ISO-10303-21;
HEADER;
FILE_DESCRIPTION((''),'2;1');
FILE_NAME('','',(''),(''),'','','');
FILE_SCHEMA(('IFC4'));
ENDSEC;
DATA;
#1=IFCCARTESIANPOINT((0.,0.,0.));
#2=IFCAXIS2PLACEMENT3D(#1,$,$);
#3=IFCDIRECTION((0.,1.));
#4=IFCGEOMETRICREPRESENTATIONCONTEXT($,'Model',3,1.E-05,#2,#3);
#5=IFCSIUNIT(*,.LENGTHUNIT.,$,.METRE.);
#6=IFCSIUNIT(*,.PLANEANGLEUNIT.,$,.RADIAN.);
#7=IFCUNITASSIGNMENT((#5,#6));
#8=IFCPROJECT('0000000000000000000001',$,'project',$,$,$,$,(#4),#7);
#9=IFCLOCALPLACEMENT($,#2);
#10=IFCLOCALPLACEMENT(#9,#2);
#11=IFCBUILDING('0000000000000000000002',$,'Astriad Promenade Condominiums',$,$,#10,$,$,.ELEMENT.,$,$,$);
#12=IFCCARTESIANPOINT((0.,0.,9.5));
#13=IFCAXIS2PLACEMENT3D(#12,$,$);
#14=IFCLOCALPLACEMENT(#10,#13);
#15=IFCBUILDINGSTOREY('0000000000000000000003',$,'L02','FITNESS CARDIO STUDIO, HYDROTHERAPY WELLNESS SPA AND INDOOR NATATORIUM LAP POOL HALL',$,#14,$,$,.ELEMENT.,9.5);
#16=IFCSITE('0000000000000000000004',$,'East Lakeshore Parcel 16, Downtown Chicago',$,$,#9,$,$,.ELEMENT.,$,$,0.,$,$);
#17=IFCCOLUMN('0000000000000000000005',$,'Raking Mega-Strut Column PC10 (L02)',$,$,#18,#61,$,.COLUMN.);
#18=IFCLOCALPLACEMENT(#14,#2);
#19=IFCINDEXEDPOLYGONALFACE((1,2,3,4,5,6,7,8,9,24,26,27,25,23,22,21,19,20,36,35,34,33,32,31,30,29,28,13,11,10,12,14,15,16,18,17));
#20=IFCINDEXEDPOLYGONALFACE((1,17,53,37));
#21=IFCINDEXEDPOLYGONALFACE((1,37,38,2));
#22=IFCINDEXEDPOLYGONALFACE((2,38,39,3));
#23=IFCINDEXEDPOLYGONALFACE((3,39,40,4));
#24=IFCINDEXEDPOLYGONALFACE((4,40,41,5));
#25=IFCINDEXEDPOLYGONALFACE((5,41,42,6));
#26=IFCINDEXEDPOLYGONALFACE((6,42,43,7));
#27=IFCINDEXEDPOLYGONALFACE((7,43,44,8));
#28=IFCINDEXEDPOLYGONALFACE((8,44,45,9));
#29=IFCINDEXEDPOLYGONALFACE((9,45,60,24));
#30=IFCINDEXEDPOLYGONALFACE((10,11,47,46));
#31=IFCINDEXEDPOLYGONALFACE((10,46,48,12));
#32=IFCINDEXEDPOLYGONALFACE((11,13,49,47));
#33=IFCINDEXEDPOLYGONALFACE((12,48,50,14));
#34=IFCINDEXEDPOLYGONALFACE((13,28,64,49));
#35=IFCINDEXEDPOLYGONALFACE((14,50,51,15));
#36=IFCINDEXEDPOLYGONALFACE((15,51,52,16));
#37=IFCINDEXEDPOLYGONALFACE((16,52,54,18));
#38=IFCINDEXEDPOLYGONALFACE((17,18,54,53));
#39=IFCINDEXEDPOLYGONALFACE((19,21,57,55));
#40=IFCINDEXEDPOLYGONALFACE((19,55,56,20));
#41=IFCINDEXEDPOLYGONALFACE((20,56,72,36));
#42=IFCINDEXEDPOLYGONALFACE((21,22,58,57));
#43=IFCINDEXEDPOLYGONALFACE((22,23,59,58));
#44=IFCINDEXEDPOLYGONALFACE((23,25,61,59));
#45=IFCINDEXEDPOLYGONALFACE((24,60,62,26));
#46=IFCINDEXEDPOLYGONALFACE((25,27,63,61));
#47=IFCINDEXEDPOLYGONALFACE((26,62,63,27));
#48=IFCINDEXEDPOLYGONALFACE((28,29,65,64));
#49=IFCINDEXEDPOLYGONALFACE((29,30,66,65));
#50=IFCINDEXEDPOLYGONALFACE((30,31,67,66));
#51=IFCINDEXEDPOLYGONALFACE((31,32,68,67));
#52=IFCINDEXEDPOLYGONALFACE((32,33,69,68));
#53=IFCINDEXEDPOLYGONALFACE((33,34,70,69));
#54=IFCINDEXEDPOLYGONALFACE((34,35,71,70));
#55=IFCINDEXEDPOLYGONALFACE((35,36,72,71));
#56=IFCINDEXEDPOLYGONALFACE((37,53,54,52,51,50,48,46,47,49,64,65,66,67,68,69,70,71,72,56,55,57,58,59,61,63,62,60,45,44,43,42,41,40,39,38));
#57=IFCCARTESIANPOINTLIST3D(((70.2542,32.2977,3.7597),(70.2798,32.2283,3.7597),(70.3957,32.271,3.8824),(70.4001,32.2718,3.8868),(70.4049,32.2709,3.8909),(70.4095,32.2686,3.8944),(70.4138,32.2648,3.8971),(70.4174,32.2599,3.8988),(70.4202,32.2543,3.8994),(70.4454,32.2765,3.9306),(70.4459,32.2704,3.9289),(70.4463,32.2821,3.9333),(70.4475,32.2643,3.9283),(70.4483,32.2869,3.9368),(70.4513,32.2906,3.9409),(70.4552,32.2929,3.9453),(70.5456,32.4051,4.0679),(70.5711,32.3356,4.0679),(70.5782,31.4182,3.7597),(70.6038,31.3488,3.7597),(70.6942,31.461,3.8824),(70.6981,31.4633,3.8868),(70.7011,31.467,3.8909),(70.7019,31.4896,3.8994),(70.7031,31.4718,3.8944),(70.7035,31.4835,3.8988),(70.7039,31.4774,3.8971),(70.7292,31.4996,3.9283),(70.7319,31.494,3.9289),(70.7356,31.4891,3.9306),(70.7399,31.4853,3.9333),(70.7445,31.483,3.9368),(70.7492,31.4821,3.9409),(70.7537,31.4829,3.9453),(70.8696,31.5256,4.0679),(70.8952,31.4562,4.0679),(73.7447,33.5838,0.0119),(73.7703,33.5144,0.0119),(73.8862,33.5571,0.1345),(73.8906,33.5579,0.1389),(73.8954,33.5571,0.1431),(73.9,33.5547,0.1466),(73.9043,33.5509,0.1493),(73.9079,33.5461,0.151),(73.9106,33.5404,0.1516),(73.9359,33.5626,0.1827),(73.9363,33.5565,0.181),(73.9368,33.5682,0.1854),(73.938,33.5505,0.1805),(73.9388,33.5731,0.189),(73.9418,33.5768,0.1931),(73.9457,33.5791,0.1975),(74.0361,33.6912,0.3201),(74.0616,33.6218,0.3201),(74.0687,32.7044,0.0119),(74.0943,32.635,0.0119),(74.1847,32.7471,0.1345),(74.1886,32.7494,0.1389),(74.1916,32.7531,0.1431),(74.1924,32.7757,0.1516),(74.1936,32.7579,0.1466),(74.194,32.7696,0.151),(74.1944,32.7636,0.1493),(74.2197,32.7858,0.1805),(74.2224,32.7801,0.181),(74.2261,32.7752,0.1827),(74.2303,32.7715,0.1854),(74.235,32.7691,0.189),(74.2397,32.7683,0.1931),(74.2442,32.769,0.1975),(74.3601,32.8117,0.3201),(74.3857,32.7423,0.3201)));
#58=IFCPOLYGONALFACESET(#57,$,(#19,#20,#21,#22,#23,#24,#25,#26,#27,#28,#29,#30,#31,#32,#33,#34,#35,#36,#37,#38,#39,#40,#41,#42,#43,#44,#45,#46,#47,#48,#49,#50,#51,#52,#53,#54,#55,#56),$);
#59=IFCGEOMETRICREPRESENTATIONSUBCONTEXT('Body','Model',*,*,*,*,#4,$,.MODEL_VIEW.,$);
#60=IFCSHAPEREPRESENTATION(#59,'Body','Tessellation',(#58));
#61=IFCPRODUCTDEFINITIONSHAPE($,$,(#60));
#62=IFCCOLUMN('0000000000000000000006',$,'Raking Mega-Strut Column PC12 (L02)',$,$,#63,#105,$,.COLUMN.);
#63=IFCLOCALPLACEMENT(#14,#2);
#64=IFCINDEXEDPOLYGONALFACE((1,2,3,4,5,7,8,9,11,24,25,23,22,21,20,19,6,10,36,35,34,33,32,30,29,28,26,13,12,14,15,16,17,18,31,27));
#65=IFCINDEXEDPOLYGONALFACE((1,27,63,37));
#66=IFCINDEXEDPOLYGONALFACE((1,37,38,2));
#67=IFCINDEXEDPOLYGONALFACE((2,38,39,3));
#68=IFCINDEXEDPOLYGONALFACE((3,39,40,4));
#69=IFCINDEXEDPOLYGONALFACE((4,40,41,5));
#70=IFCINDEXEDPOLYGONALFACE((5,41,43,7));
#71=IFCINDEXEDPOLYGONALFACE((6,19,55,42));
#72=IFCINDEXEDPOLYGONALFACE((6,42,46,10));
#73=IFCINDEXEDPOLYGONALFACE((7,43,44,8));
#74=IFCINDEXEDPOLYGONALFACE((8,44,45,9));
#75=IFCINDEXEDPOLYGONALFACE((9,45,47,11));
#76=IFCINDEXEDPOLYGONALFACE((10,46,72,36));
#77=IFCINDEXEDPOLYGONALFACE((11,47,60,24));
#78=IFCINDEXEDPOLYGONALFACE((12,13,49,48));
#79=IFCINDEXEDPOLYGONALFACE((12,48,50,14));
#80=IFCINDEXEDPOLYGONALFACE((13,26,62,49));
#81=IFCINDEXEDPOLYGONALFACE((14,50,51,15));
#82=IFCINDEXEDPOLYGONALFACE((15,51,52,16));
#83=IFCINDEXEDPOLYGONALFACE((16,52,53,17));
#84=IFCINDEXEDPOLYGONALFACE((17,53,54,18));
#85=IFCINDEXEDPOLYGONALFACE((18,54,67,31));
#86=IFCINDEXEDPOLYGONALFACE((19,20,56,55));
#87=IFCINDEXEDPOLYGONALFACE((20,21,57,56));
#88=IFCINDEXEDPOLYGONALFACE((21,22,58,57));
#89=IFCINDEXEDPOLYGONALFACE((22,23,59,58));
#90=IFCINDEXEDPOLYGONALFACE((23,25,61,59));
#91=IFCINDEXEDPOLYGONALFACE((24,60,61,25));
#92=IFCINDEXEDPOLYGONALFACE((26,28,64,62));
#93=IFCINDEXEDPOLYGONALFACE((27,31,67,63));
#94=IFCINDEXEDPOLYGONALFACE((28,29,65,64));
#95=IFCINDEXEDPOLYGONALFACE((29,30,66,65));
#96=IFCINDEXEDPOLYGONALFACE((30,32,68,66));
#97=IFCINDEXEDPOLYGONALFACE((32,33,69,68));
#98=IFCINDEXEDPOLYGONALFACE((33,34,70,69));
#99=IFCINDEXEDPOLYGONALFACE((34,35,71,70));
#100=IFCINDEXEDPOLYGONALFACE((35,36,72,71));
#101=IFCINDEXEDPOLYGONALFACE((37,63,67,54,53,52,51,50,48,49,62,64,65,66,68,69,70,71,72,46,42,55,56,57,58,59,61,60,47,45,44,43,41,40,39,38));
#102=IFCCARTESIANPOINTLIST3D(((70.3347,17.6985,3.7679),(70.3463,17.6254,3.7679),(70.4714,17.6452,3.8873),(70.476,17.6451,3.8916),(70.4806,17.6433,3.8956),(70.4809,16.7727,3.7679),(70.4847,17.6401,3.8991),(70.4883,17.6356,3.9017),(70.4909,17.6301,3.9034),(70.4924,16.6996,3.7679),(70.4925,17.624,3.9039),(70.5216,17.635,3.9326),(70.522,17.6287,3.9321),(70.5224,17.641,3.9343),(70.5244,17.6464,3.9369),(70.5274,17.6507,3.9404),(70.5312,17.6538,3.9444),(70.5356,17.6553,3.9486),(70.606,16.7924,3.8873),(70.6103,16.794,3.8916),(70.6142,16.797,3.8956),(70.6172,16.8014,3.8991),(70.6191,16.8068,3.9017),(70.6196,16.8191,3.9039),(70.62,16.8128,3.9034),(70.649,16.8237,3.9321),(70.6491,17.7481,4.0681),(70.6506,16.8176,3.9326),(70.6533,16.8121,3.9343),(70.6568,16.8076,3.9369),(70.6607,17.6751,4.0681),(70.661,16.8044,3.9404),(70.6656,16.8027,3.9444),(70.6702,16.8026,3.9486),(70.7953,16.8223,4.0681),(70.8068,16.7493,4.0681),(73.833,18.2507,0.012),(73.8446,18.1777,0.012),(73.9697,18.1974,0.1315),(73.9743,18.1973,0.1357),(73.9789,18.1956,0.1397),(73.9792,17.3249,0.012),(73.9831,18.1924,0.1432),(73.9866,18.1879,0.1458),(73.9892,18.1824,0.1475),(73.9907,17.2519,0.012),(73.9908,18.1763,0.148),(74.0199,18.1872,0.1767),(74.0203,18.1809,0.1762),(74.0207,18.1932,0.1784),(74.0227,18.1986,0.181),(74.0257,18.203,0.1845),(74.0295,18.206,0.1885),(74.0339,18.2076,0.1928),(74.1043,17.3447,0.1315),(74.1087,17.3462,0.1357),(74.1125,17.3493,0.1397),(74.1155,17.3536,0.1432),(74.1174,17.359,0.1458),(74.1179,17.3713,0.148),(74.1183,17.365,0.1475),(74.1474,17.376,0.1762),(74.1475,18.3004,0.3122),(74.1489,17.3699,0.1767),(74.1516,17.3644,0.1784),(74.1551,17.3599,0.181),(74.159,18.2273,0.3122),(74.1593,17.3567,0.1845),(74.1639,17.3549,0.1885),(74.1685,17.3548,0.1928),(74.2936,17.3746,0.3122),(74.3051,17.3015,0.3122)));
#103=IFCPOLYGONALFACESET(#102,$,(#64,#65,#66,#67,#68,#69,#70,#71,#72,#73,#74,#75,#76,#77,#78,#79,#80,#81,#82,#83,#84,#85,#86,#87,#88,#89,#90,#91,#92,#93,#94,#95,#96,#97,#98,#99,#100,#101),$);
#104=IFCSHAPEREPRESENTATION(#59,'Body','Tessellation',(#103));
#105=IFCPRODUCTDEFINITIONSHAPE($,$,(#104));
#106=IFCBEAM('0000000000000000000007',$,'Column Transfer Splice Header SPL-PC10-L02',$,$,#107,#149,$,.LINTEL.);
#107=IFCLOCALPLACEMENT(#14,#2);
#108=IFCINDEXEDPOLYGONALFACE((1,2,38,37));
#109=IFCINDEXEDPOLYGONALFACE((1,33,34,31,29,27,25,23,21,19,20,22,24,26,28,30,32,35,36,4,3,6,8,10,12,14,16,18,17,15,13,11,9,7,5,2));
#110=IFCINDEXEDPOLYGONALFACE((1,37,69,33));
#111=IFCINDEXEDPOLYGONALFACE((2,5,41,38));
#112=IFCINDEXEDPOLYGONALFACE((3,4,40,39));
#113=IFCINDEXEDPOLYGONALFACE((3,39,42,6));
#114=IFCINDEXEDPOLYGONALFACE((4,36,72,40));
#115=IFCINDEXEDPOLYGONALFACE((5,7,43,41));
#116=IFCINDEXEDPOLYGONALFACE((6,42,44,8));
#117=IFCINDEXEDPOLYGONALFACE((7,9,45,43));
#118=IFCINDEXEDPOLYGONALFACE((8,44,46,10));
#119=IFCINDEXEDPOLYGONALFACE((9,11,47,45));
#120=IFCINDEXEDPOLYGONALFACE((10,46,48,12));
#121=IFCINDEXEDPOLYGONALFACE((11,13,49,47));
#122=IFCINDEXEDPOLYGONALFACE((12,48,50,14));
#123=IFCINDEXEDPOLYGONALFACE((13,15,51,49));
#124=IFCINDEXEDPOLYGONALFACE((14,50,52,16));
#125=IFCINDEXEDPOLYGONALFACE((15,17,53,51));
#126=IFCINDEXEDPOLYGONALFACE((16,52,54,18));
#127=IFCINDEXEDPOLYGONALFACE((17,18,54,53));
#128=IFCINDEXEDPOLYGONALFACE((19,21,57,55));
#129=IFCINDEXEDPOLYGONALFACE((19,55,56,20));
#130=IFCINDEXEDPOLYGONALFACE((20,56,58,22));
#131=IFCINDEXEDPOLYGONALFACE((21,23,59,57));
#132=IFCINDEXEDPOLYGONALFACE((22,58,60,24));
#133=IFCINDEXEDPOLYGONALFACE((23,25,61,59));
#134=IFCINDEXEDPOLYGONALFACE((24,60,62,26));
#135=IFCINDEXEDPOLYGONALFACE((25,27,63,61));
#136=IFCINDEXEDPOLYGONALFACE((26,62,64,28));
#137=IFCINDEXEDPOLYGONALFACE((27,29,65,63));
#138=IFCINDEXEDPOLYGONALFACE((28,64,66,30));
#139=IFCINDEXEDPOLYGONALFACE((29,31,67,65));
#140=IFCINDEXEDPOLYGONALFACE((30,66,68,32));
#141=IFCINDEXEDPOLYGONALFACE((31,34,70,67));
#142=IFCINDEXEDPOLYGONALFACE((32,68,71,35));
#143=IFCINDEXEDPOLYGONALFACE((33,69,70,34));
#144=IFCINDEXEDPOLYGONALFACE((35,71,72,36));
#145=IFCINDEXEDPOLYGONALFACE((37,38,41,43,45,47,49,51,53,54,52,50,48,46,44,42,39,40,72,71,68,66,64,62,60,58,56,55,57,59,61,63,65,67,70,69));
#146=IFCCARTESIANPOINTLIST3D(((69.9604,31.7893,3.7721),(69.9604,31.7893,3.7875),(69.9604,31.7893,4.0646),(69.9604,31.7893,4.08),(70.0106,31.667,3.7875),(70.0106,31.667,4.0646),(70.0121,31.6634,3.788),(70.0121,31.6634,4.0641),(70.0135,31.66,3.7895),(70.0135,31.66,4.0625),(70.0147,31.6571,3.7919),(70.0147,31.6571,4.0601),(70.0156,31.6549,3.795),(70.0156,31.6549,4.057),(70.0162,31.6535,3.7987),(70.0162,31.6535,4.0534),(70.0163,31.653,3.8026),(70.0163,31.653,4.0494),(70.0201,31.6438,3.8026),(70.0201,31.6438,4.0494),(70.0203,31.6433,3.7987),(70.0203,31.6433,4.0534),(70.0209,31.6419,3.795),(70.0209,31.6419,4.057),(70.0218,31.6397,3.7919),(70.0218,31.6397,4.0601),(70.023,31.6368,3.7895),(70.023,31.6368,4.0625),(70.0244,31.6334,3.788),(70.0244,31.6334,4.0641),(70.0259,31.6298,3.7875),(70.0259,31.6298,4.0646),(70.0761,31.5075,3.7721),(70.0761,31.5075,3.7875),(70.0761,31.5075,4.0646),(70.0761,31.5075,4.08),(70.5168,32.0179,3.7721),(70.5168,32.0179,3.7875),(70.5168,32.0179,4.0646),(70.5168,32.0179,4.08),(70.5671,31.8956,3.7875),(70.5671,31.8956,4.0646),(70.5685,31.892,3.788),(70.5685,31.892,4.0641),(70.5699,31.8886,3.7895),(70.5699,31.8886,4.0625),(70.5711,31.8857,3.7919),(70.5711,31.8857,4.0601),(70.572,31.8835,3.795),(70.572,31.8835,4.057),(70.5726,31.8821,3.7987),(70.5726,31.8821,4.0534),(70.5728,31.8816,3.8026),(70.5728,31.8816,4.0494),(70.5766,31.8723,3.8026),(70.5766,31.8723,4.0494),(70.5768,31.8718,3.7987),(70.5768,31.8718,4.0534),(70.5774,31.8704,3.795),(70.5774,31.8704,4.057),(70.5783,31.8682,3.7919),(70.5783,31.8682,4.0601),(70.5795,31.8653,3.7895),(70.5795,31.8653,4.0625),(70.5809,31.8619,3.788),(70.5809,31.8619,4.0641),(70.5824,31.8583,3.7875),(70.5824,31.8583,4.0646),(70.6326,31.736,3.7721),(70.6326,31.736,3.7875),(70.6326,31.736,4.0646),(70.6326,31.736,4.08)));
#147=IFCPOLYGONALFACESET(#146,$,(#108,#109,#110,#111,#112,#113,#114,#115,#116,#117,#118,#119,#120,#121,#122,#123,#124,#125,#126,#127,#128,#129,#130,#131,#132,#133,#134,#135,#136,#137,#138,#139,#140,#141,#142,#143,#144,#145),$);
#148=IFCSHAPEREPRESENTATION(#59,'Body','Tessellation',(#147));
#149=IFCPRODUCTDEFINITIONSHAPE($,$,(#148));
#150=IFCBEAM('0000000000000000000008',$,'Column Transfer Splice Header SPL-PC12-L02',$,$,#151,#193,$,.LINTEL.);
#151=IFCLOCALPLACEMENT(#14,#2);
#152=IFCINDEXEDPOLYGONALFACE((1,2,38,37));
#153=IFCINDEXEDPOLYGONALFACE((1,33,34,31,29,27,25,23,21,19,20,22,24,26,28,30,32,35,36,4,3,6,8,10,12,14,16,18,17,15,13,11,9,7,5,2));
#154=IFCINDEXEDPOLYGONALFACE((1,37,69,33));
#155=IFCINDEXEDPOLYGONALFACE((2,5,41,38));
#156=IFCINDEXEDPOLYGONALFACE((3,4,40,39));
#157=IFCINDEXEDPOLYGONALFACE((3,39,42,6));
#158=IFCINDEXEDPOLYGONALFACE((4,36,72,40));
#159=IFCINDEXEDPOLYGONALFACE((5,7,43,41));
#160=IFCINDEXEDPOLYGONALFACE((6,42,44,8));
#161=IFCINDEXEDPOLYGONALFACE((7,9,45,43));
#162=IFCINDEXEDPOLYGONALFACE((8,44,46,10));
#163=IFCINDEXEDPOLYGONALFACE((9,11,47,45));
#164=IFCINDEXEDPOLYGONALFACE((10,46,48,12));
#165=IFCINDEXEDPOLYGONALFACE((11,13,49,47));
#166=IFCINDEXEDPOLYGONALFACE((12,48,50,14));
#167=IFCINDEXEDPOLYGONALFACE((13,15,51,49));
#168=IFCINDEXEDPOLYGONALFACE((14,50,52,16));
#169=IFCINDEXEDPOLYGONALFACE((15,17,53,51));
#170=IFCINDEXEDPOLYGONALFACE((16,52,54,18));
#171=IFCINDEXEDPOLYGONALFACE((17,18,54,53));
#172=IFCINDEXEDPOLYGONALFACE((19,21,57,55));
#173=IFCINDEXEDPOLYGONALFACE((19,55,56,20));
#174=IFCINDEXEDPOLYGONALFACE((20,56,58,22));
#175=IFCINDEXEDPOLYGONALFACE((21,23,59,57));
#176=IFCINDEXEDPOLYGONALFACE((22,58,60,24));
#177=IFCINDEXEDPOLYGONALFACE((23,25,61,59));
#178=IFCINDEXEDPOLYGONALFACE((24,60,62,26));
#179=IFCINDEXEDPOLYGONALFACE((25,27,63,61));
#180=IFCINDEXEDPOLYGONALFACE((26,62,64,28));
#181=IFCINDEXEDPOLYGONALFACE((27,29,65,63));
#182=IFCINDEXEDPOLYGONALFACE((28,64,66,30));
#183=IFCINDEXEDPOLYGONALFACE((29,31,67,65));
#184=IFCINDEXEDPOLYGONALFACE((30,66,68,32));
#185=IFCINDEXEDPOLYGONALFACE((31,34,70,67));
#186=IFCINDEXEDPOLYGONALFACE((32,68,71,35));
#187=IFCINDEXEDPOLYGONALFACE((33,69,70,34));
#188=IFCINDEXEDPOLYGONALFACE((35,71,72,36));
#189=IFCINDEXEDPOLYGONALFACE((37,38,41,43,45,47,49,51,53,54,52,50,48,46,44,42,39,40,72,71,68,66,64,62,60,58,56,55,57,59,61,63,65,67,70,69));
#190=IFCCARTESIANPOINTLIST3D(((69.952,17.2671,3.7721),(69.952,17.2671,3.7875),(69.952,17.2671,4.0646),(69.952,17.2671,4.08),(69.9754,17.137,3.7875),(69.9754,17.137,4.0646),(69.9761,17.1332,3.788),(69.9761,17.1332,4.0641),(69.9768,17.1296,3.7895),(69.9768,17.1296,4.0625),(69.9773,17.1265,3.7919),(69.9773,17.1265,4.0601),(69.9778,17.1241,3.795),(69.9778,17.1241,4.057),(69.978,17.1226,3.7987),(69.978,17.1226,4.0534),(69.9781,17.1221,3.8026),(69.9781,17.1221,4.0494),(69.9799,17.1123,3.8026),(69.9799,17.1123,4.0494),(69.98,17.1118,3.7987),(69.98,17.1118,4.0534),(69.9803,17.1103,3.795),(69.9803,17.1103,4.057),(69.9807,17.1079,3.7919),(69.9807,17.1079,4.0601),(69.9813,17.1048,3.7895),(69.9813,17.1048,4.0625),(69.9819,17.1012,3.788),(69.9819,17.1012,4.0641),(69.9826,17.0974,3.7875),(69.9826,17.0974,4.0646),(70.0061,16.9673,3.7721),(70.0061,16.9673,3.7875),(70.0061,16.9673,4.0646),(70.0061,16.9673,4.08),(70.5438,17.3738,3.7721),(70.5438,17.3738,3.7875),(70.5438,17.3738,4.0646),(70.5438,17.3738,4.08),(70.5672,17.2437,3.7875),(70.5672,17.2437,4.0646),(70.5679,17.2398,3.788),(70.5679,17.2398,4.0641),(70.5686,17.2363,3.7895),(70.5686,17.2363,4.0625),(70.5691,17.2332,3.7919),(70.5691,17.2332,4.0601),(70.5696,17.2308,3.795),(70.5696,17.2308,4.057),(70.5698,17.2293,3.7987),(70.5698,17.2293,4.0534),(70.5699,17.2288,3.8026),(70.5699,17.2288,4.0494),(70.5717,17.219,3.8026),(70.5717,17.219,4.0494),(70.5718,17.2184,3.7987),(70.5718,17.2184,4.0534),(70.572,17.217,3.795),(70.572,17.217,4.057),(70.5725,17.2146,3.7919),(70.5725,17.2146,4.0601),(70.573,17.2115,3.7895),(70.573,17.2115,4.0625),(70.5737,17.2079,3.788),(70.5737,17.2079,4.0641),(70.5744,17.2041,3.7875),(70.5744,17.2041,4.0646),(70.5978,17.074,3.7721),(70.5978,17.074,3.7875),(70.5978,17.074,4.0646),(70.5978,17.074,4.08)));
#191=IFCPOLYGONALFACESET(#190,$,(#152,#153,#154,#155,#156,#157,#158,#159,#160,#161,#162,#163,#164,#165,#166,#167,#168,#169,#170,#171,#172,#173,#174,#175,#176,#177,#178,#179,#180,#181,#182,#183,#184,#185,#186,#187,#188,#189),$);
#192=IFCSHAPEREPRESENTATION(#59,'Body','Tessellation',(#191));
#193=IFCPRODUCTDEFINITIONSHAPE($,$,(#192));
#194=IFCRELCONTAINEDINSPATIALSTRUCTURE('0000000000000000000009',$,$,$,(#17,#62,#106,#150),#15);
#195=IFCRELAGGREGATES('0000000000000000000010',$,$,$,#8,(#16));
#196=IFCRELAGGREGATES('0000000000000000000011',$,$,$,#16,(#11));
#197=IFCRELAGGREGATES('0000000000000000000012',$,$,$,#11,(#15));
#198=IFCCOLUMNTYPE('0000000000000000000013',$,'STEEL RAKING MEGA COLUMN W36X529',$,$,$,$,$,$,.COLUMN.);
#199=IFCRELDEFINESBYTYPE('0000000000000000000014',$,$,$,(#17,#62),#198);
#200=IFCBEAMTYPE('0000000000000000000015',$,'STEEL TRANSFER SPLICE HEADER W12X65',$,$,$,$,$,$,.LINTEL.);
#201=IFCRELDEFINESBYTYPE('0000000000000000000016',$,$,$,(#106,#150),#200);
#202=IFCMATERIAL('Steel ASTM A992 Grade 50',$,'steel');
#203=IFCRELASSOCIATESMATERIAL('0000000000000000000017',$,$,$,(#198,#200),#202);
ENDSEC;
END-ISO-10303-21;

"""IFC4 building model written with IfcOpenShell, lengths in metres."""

from ifc_helpers import new_model, si_unit, direction, frame, origin, origin_2d, place, context, subcontext, project, spatial, i_section, extrude, source, transform, mapped, material, material_profile, profile_set, type_object, type_shapes, element, save


model = new_model("IFC4")

# Units and contexts
model_context = context("Model", 3, precision=1e-05, world=origin(), true_north=direction((0.0, 1.0)))
body_context = subcontext(model_context, "Body", "Model", "MODEL_VIEW")
ifc_project = project(units=[si_unit("LENGTHUNIT", "METRE"), si_unit("PLANEANGLEUNIT", "RADIAN")], contexts=[model_context])

# Site, building, storey
site_placement = place(None, origin())
site = spatial("IfcSite", under=ifc_project, at=site_placement, Name="East Lakeshore Parcel 16, Downtown Chicago", CompositionType="ELEMENT", RefElevation=0.0)
building_placement = place(site_placement, origin())
building = spatial("IfcBuilding", under=site, at=building_placement, Name="Astriad Promenade Condominiums", CompositionType="ELEMENT")
storey_placement = place(building_placement, frame((0.0, 0.0, 9.5)))
storey = spatial("IfcBuildingStorey", under=building, at=storey_placement, Name="L02", Description="FITNESS CARDIO STUDIO, HYDROTHERAPY WELLNESS SPA AND INDOOR NATATORIUM LAP POOL HALL", CompositionType="ELEMENT", Elevation=9.5)

# Columns
ifc_material_1 = material(Name="Steel ASTM A992 Grade 50", Category="steel")
ifc_material_profile_1 = material_profile(ifc_material_1, i_section(OverallWidth=0.4375, OverallDepth=1.0112, WebThickness=0.041, FlangeThickness=0.074, FilletRadius=0.0242, at=origin_2d()), Name="W36X529")
ifc_profile_set_1 = profile_set([ifc_material_profile_1], Name="Steel ASTM A992 Grade 50")
column_type = type_object("IfcColumnType", Name="STEEL RAKING MEGA COLUMN W36X529", PredefinedType="COLUMN", material=ifc_profile_set_1)
shared_shape_1 = source(origin(), body_context, "Body", "SweptSolid", [
    extrude(i_section(OverallWidth=0.4375, OverallDepth=1.0112, WebThickness=0.041, FlangeThickness=0.074, FilletRadius=0.0242, at=origin_2d()), origin(), (0.0, 0.0, 1.0), 5.2805),
])
column_1_placement = place(storey_placement, frame((74.0652, 33.1631, 0.166), z_axis=(-0.661014, -0.243563, 0.709745), x_axis=(0.665974, 0.245391, 0.704459)))
element("IfcColumn", 1, at=column_1_placement, inside=storey, type_object=column_type, Name="Raking Mega-Strut Column PC10 (L02)", PredefinedType="COLUMN", context=body_context, shape_type="MappedRepresentation", body=[
    mapped(shared_shape_1, transform((0.0, 0.0, 0.0), scale=1.0)),
])
shared_shape_2 = source(origin(), body_context, "Body", "SweptSolid", [
    extrude(i_section(OverallWidth=0.4375, OverallDepth=1.0112, WebThickness=0.041, FlangeThickness=0.074, FilletRadius=0.0242, at=origin_2d()), origin(), (0.0, 0.0, 1.0), 5.1624),
])
type_shapes(column_type, [shared_shape_1, shared_shape_2])
column_2_placement = place(storey_placement, frame((74.0691, 17.7761, 0.1621), z_axis=(-0.677659, -0.106976, 0.727553), x_axis=(0.718654, 0.113448, 0.686051)))
element("IfcColumn", 2, at=column_2_placement, inside=storey, type_object=column_type, Name="Raking Mega-Strut Column PC12 (L02)", PredefinedType="COLUMN", context=body_context, shape_type="MappedRepresentation", body=[
    mapped(shared_shape_2, transform((0.0, 0.0, 0.0), scale=1.0)),
])

# Beams
ifc_material_profile_2 = material_profile(ifc_material_1, i_section(OverallWidth=0.3047, OverallDepth=0.3079, WebThickness=0.01, FlangeThickness=0.0154, FilletRadius=0.0151, at=origin_2d()), Name="W12X65")
ifc_profile_set_2 = profile_set([ifc_material_profile_2], Name="Steel ASTM A992 Grade 50")
beam_type_1 = type_object("IfcBeamType", Name="STEEL TRANSFER SPLICE HEADER W12X65", PredefinedType="LINTEL", material=ifc_profile_set_2)
shared_shape_3 = source(origin(), body_context, "Body", "SweptSolid", [
    extrude(i_section(OverallWidth=0.3047, OverallDepth=0.3079, WebThickness=0.01, FlangeThickness=0.0154, FilletRadius=0.0151, at=origin_2d()), origin(), (0.0, 0.0, 1.0), 0.6016),
])
beam_1_placement = place(storey_placement, frame((70.5747, 31.877, 3.926), z_axis=(-0.925022, -0.379913, 0.0), x_axis=(0.379913, -0.925022, 0.0)))
element("IfcBeam", 3, at=beam_1_placement, inside=storey, type_object=beam_type_1, Name="Column Transfer Splice Header SPL-PC10-L02", PredefinedType="LINTEL", context=body_context, shape_type="MappedRepresentation", body=[
    mapped(shared_shape_3, transform((0.0, 0.0, 0.0), scale=1.0)),
])
shared_shape_4 = source(origin(), body_context, "Body", "SweptSolid", [
    extrude(i_section(OverallWidth=0.3047, OverallDepth=0.3079, WebThickness=0.01, FlangeThickness=0.0154, FilletRadius=0.0151, at=origin_2d()), origin(), (0.0, 0.0, 1.0), 0.6013),
])
type_shapes(beam_type_1, [shared_shape_3, shared_shape_4])
beam_2_placement = place(storey_placement, frame((70.5708, 17.2239, 3.926), z_axis=(-0.984135, -0.17742, 0.0), x_axis=(0.17742, -0.984135, 0.0)))
element("IfcBeam", 4, at=beam_2_placement, inside=storey, type_object=beam_type_1, Name="Column Transfer Splice Header SPL-PC12-L02", PredefinedType="LINTEL", context=body_context, shape_type="MappedRepresentation", body=[
    mapped(shared_shape_4, transform((0.0, 0.0, 0.0), scale=1.0)),
])

save(model, "model.ifc")
